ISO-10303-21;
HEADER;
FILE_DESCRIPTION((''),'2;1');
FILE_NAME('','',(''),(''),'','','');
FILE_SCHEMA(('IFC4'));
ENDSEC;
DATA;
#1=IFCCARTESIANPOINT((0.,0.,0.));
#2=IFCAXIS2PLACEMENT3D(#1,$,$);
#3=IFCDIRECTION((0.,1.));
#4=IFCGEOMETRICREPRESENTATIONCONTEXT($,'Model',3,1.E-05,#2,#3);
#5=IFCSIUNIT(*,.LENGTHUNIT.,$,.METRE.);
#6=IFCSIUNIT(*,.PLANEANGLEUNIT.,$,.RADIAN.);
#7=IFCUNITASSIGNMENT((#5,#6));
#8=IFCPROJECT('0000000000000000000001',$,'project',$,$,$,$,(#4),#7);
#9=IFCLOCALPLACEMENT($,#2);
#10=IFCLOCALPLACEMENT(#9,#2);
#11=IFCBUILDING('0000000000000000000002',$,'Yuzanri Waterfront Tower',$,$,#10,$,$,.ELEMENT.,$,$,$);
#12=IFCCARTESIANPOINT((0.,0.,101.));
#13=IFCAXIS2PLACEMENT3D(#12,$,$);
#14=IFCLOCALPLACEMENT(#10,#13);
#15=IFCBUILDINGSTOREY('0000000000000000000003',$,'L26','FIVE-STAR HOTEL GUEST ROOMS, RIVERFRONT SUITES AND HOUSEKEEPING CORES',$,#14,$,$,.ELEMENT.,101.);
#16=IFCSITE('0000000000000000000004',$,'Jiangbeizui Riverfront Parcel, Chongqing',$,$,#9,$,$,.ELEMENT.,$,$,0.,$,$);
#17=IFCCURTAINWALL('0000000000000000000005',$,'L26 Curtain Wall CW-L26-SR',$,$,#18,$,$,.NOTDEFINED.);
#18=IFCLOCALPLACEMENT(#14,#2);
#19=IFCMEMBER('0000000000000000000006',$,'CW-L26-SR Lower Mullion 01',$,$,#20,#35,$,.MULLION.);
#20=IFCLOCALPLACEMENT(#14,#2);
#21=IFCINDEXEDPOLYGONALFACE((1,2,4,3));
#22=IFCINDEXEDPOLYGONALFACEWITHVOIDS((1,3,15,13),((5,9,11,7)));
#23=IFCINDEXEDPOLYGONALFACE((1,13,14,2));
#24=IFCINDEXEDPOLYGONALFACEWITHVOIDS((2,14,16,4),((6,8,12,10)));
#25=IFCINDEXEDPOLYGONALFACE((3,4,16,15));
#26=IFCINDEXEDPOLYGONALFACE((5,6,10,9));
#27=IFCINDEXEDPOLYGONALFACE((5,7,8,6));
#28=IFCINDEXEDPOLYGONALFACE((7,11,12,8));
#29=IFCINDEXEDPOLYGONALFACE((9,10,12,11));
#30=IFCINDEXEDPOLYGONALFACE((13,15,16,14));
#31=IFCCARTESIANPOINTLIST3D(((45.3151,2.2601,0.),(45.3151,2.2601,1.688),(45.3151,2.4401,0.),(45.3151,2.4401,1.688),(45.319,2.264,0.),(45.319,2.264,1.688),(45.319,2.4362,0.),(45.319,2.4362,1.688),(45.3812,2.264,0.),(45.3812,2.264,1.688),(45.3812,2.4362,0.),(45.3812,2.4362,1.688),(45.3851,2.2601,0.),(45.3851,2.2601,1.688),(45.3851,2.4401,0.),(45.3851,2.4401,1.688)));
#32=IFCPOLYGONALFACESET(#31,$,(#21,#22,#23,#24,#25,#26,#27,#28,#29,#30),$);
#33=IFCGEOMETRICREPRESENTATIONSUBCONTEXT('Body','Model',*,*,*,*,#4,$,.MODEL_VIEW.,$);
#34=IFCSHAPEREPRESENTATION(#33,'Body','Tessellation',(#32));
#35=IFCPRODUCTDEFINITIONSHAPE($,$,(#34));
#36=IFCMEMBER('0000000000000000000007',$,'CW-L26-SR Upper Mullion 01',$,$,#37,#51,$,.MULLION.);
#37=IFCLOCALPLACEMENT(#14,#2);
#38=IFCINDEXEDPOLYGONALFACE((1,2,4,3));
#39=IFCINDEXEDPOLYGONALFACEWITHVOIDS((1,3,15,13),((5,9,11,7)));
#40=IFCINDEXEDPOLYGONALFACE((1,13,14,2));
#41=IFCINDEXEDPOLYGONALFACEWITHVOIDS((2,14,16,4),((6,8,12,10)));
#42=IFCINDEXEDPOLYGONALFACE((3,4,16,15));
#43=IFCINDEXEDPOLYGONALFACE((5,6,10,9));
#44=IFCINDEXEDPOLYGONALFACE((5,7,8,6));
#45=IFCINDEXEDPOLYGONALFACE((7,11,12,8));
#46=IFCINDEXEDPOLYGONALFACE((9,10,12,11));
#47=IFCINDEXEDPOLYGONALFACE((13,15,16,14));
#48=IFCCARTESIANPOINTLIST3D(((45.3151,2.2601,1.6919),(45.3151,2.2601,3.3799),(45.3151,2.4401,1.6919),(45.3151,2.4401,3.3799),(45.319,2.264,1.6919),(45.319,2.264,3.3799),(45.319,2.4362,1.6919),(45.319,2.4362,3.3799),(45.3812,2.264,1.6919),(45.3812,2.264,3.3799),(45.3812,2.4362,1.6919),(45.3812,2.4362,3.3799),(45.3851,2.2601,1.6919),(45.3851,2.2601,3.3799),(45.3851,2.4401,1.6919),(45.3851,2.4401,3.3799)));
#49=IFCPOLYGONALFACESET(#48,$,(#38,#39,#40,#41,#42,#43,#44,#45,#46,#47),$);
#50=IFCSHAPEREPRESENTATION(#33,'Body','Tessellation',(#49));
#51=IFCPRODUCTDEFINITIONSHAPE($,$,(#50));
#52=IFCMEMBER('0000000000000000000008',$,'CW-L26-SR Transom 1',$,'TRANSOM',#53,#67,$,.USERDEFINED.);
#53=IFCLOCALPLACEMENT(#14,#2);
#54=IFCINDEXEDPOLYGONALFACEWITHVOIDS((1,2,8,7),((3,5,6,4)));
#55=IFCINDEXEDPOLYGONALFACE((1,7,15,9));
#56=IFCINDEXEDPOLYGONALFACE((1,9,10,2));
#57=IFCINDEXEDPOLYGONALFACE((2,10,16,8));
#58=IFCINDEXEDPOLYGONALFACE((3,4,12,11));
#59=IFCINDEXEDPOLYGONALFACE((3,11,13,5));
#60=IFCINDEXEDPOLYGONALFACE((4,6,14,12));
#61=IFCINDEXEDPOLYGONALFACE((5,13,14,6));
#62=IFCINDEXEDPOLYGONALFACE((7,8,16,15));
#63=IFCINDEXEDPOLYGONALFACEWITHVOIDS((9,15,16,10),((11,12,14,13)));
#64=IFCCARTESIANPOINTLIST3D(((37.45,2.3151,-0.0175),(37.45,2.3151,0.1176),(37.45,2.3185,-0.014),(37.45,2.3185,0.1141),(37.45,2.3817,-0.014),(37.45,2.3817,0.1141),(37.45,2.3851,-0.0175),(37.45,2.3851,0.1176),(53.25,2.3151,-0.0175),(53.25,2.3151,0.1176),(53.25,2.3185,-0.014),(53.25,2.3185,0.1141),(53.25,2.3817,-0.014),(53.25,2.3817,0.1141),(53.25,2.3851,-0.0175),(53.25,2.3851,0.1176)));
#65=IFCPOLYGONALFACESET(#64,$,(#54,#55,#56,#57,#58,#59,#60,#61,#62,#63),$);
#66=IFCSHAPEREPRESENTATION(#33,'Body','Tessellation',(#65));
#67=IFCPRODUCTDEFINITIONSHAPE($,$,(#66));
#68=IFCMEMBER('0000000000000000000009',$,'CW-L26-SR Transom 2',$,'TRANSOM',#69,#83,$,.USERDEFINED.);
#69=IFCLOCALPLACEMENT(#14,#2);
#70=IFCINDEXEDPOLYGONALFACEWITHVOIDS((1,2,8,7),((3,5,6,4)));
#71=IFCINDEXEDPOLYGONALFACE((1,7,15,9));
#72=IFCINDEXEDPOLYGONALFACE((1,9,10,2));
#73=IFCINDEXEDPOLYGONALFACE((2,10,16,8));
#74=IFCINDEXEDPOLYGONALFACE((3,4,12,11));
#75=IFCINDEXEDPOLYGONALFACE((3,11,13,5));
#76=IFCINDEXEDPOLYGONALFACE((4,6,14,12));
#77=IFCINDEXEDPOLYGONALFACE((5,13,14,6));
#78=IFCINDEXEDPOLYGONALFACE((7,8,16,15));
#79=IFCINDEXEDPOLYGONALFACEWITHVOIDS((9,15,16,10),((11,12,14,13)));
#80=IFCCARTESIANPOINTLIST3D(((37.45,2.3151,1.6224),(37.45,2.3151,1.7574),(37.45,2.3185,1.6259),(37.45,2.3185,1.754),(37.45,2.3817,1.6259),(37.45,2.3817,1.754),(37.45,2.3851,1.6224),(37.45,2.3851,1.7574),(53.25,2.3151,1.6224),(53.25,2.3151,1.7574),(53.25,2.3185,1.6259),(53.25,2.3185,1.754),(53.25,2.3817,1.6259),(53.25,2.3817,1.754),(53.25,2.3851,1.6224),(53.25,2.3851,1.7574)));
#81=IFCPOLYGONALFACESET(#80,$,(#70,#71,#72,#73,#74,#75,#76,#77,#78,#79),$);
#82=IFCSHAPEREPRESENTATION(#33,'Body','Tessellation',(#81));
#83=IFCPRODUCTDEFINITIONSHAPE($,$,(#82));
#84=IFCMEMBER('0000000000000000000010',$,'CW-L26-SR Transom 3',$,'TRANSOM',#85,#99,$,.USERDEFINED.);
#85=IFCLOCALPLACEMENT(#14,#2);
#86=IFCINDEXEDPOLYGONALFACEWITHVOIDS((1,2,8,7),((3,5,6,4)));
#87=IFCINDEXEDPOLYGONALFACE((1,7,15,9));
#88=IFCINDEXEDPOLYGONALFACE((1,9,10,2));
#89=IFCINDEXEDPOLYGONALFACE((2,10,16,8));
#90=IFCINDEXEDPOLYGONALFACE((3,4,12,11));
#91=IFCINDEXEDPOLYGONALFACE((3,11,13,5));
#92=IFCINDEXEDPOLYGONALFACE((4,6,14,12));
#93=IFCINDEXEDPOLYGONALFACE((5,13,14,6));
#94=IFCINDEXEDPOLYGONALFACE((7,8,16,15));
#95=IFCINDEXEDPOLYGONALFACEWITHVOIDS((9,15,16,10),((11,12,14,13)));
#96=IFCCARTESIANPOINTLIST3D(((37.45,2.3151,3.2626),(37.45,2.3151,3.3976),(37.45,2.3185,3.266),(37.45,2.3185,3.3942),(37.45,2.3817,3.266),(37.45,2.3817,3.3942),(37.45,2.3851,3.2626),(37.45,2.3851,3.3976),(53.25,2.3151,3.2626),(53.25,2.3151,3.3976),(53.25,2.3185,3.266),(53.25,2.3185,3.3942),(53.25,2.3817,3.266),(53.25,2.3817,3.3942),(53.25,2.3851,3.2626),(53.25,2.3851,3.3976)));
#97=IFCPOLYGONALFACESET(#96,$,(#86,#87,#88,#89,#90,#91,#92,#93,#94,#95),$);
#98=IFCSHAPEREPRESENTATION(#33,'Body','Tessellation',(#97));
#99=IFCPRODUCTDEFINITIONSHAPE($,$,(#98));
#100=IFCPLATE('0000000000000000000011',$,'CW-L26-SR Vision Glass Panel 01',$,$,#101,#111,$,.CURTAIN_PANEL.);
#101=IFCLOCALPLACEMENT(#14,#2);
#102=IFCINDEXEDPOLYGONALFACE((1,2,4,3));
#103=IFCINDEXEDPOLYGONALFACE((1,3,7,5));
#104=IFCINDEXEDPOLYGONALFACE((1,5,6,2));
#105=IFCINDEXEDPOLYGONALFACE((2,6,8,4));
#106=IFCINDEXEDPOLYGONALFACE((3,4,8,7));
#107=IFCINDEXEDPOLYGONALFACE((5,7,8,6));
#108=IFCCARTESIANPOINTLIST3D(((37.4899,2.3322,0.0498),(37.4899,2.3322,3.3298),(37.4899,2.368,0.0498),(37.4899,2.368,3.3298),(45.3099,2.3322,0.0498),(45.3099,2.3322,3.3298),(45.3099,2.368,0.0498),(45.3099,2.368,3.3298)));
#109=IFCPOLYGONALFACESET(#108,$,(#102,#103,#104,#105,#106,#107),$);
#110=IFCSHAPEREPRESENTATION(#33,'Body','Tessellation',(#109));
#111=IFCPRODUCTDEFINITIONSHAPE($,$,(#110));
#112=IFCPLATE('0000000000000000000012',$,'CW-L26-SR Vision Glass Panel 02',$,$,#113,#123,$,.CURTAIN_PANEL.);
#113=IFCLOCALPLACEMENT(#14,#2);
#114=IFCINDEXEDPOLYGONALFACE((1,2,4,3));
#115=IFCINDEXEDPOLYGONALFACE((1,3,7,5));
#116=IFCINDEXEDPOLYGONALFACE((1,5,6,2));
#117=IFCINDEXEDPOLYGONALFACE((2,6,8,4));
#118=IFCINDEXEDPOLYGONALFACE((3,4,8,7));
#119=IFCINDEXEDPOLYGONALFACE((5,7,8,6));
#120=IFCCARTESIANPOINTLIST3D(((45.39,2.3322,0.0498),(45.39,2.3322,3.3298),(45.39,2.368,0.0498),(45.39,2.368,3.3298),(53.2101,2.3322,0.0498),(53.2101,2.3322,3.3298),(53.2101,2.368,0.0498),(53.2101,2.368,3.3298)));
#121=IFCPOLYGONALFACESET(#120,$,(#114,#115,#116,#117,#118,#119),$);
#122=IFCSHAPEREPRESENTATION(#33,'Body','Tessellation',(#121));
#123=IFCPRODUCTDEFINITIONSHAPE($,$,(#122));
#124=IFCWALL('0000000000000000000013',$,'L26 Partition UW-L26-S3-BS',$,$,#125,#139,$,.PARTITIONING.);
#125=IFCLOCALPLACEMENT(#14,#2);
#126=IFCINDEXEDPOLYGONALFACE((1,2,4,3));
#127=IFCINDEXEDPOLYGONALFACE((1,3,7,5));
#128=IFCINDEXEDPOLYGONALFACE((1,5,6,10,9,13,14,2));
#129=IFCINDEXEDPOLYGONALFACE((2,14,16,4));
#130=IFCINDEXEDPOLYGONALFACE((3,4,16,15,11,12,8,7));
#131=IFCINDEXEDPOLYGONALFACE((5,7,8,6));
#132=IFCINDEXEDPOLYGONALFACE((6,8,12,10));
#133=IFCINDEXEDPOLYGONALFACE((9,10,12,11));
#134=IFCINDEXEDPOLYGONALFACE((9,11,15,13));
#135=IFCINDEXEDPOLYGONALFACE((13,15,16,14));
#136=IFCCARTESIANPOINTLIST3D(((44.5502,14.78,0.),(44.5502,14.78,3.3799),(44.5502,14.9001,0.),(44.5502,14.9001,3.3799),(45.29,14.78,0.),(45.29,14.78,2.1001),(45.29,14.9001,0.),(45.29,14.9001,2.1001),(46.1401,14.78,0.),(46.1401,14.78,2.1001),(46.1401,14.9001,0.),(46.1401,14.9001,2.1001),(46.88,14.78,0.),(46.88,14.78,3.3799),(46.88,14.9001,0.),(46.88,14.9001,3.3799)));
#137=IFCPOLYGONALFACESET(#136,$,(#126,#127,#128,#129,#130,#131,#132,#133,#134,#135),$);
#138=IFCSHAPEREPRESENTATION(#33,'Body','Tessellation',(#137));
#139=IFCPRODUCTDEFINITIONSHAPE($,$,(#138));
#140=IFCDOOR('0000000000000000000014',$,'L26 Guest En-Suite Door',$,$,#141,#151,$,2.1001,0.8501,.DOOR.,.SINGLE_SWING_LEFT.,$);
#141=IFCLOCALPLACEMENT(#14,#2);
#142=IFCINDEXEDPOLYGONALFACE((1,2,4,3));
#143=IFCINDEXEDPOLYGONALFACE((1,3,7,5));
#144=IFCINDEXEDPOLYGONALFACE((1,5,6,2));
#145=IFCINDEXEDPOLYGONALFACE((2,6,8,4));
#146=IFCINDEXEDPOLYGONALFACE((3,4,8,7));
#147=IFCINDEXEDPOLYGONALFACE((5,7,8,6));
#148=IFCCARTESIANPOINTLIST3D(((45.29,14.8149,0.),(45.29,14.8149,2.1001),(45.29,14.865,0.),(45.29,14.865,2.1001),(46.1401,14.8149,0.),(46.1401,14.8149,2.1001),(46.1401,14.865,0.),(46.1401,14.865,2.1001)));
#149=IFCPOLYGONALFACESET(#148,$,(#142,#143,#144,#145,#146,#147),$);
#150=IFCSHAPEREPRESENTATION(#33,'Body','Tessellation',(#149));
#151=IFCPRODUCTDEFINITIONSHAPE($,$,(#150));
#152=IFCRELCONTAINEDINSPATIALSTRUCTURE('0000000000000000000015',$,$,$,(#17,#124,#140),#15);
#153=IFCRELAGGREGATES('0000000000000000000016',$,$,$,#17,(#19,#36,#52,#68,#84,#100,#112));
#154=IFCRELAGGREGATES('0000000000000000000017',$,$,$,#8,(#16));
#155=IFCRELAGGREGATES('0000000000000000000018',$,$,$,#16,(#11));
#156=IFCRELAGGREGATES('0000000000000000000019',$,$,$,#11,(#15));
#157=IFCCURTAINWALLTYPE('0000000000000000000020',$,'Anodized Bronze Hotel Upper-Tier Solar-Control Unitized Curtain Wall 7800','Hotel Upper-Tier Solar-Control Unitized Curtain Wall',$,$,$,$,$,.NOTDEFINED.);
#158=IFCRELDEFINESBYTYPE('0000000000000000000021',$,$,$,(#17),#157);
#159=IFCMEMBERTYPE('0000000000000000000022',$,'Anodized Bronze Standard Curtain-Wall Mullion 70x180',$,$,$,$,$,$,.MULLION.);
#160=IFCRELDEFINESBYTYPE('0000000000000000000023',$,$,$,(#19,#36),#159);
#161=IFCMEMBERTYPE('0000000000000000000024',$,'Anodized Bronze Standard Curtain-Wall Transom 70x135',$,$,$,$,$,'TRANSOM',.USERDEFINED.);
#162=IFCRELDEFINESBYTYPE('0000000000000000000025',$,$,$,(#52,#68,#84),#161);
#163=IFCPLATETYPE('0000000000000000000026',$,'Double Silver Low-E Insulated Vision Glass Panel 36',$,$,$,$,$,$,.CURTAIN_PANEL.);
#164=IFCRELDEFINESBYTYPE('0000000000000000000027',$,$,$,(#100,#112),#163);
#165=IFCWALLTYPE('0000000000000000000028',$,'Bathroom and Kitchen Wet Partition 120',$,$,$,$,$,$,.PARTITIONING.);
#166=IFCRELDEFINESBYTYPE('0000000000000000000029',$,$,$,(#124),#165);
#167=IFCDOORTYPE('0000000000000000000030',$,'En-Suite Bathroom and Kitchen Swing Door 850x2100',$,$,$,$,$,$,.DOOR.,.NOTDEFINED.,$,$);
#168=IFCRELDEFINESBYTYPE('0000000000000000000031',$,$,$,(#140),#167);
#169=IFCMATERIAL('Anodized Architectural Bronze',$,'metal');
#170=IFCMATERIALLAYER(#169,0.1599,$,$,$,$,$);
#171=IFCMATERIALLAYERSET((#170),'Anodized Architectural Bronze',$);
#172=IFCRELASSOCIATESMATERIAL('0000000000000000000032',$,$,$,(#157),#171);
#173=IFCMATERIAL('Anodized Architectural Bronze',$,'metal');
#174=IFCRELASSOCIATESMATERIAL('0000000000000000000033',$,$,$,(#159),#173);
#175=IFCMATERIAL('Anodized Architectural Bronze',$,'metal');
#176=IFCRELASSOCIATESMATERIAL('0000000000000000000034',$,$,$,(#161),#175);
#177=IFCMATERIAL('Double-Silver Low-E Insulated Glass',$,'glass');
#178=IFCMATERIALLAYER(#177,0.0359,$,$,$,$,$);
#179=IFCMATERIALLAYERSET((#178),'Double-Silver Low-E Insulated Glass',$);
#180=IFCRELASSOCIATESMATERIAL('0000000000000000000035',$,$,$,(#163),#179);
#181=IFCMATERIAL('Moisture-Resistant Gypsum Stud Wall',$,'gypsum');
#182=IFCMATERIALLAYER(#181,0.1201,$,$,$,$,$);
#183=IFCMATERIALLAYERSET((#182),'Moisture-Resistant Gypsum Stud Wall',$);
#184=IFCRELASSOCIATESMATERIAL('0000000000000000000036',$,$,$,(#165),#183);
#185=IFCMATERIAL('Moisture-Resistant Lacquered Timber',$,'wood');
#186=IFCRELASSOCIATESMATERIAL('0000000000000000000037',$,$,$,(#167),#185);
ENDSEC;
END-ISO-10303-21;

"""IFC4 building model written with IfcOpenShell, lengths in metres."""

from ifc_helpers import new_model, si_unit, direction, frame, frame_2d, origin, origin_2d, place, context, subcontext, project, spatial, rectangle, hollow_rectangle, extrude, source, transform, mapped, material, layer, layer_set, material_profile, profile_set, type_object, element, fill, aggregate, save


model = new_model("IFC4")

# Units and contexts
model_context = context("Model", 3, precision=1e-05, world=origin(), true_north=direction((0.0, 1.0)))
body_context = subcontext(model_context, "Body", "Model", "MODEL_VIEW")
ifc_project = project(units=[si_unit("LENGTHUNIT", "METRE"), si_unit("PLANEANGLEUNIT", "RADIAN")], contexts=[model_context])

# Site, building, storey
site_placement = place(None, origin())
site = spatial("IfcSite", under=ifc_project, at=site_placement, Name="Jiangbeizui Riverfront Parcel, Chongqing", CompositionType="ELEMENT", RefElevation=0.0)
building_placement = place(site_placement, origin())
building = spatial("IfcBuilding", under=site, at=building_placement, Name="Yuzanri Waterfront Tower", CompositionType="ELEMENT")
storey_placement = place(building_placement, frame((0.0, 0.0, 101.0)))
storey = spatial("IfcBuildingStorey", under=building, at=storey_placement, Name="L26", Description="FIVE-STAR HOTEL GUEST ROOMS, RIVERFRONT SUITES AND HOUSEKEEPING CORES", CompositionType="ELEMENT", Elevation=101.0)

# Curtain wall, members, plates
ifc_material_1 = material(Name="Anodized Architectural Bronze", Category="metal")
ifc_layer_1 = layer(ifc_material_1, 0.1599)
ifc_layer_set_1 = layer_set([ifc_layer_1], Name="Anodized Architectural Bronze")
curtain_wall_type = type_object("IfcCurtainWallType", Name="Anodized Bronze Hotel Upper-Tier Solar-Control Unitized Curtain Wall 7800", Description="Hotel Upper-Tier Solar-Control Unitized Curtain Wall", PredefinedType="NOTDEFINED", material=ifc_layer_set_1)
curtain_wall_placement = place(storey_placement, origin())
curtain_wall = element("IfcCurtainWall", 1, at=curtain_wall_placement, inside=storey, type_object=curtain_wall_type, Name="L26 Curtain Wall CW-L26-SR", PredefinedType="NOTDEFINED")
ifc_material_2 = material(Name="Anodized Architectural Bronze", Category="metal")
ifc_material_profile_1 = material_profile(ifc_material_2, hollow_rectangle(XDim=0.0701, YDim=0.1799, WallThickness=0.0039, at=origin_2d()), Name="CWM 70x180")
ifc_profile_set_1 = profile_set([ifc_material_profile_1], Name="Anodized Architectural Bronze")
member_type_1 = type_object("IfcMemberType", Name="Anodized Bronze Standard Curtain-Wall Mullion 70x180", PredefinedType="MULLION", material=ifc_profile_set_1)
shared_shape_1 = source(origin(), body_context, "Body", "SweptSolid", [
    extrude(hollow_rectangle(XDim=0.0701, YDim=0.1799, WallThickness=0.0039, at=origin_2d()), origin(), (0.0, 0.0, 1.0), 1.688),
])
member_1_placement = place(storey_placement, frame((45.3501, 2.3501, 0.0), z_axis=(0.0, 0.0, 1.0), x_axis=(1.0, 0.0, 0.0)))
member_1 = element("IfcMember", 2, at=member_1_placement, type_object=member_type_1, Name="CW-L26-SR Lower Mullion 01", PredefinedType="MULLION", context=body_context, shape_type="MappedRepresentation", body=[
    mapped(shared_shape_1, transform((0.0, 0.0, 0.0), scale=1.0)),
])
member_2_placement = place(storey_placement, frame((45.3501, 2.3501, 1.6919), z_axis=(0.0, 0.0, 1.0), x_axis=(1.0, 0.0, 0.0)))
member_2 = element("IfcMember", 3, at=member_2_placement, type_object=member_type_1, Name="CW-L26-SR Upper Mullion 01", PredefinedType="MULLION", context=body_context, shape_type="MappedRepresentation", body=[
    mapped(shared_shape_1, transform((0.0, 0.0, 0.0), scale=1.0)),
])
ifc_material_3 = material(Name="Anodized Architectural Bronze", Category="metal")
ifc_material_profile_2 = material_profile(ifc_material_3, hollow_rectangle(XDim=0.0701, YDim=0.135, WallThickness=0.0034, at=origin_2d()), Name="CWT 70x135")
ifc_profile_set_2 = profile_set([ifc_material_profile_2], Name="Anodized Architectural Bronze")
member_type_2 = type_object("IfcMemberType", Name="Anodized Bronze Standard Curtain-Wall Transom 70x135", ElementType="TRANSOM", PredefinedType="USERDEFINED", material=ifc_profile_set_2)
shared_shape_2 = source(origin(), body_context, "Body", "SweptSolid", [
    extrude(hollow_rectangle(XDim=0.0701, YDim=0.135, WallThickness=0.0034, at=origin_2d()), origin(), (0.0, 0.0, 1.0), 15.8),
])
member_3_placement = place(storey_placement, frame((37.45, 2.3501, 0.05), z_axis=(1.0, 0.0, 0.0), x_axis=(0.0, 1.0, 0.0)))
member_3 = element("IfcMember", 4, at=member_3_placement, type_object=member_type_2, Name="CW-L26-SR Transom 1", ObjectType="TRANSOM", PredefinedType="USERDEFINED", context=body_context, shape_type="MappedRepresentation", body=[
    mapped(shared_shape_2, transform((0.0, 0.0, 0.0), scale=1.0)),
])
member_4_placement = place(storey_placement, frame((37.45, 2.3501, 1.6899), z_axis=(1.0, 0.0, 0.0), x_axis=(0.0, 1.0, 0.0)))
member_4 = element("IfcMember", 5, at=member_4_placement, type_object=member_type_2, Name="CW-L26-SR Transom 2", ObjectType="TRANSOM", PredefinedType="USERDEFINED", context=body_context, shape_type="MappedRepresentation", body=[
    mapped(shared_shape_2, transform((0.0, 0.0, 0.0), scale=1.0)),
])
member_5_placement = place(storey_placement, frame((37.45, 2.3501, 3.3301), z_axis=(1.0, 0.0, 0.0), x_axis=(0.0, 1.0, 0.0)))
member_5 = element("IfcMember", 6, at=member_5_placement, type_object=member_type_2, Name="CW-L26-SR Transom 3", ObjectType="TRANSOM", PredefinedType="USERDEFINED", context=body_context, shape_type="MappedRepresentation", body=[
    mapped(shared_shape_2, transform((0.0, 0.0, 0.0), scale=1.0)),
])
ifc_material_4 = material(Name="Double-Silver Low-E Insulated Glass", Category="glass")
ifc_layer_2 = layer(ifc_material_4, 0.0359)
ifc_layer_set_2 = layer_set([ifc_layer_2], Name="Double-Silver Low-E Insulated Glass")
plate_type = type_object("IfcPlateType", Name="Double Silver Low-E Insulated Vision Glass Panel 36", PredefinedType="CURTAIN_PANEL", material=ifc_layer_set_2)
shared_shape_3 = source(origin(), body_context, "Body", "SweptSolid", [
    extrude(rectangle(XDim=7.8201, YDim=0.0359, at=origin_2d()), origin(), (0.0, 0.0, 1.0), 3.28),
])
plate_1_placement = place(storey_placement, frame((41.3999, 2.3501, 0.0498), z_axis=(0.0, 0.0, 1.0), x_axis=(1.0, 0.0, 0.0)))
plate_1 = element("IfcPlate", 7, at=plate_1_placement, type_object=plate_type, Name="CW-L26-SR Vision Glass Panel 01", PredefinedType="CURTAIN_PANEL", context=body_context, shape_type="MappedRepresentation", body=[
    mapped(shared_shape_3, transform((0.0, 0.0, 0.0), scale=1.0)),
])
plate_2_placement = place(storey_placement, frame((49.3, 2.3501, 0.0498), z_axis=(0.0, 0.0, 1.0), x_axis=(1.0, 0.0, 0.0)))
plate_2 = element("IfcPlate", 8, at=plate_2_placement, type_object=plate_type, Name="CW-L26-SR Vision Glass Panel 02", PredefinedType="CURTAIN_PANEL", context=body_context, shape_type="MappedRepresentation", body=[
    mapped(shared_shape_3, transform((0.0, 0.0, 0.0), scale=1.0)),
])
aggregate(curtain_wall, [member_1, member_2, member_3, member_4, member_5, plate_1, plate_2])

# Wall, opening, door
ifc_material_5 = material(Name="Moisture-Resistant Gypsum Stud Wall", Category="gypsum")
ifc_layer_3 = layer(ifc_material_5, 0.1201)
ifc_layer_set_3 = layer_set([ifc_layer_3], Name="Moisture-Resistant Gypsum Stud Wall")
wall_type_1 = type_object("IfcWallType", Name="Bathroom and Kitchen Wet Partition 120", PredefinedType="PARTITIONING", material=ifc_layer_set_3)
wall_1_placement = place(storey_placement, frame((44.55, 14.8401, 0.0), z_axis=(0.0, 0.0, 1.0), x_axis=(1.0, 0.0, 0.0)))
wall_1 = element("IfcWall", 9, at=wall_1_placement, inside=storey, type_object=wall_type_1, Name="L26 Partition UW-L26-S3-BS", PredefinedType="PARTITIONING", context=body_context, shape_type="SweptSolid", body=[
    extrude(rectangle(XDim=2.3298, YDim=0.1201, at=frame_2d((1.165, 0.0))), origin(), (0.0, 0.0, 1.0), 3.3799),
])
opening_1_placement = place(wall_1_placement, frame((0.74, 0.0, 0.0)))
opening_1 = element("IfcOpeningElement", 10, at=opening_1_placement, cuts=wall_1, PredefinedType="OPENING", context=body_context, shape_type="SweptSolid", body=[
    extrude(rectangle(XDim=0.8501, YDim=2.1001, at=frame_2d((0.425, 1.05))), frame((0.0, 0.075, 0.0), z_axis=(0.0, -1.0, 0.0), x_axis=(1.0, 0.0, 0.0)), (0.0, 0.0, 1.0), 0.1499),
])
ifc_material_6 = material(Name="Moisture-Resistant Lacquered Timber", Category="wood")
door_type_1 = type_object("IfcDoorType", Name="En-Suite Bathroom and Kitchen Swing Door 850x2100", OperationType="NOTDEFINED", PredefinedType="DOOR", material=ifc_material_6)
shared_shape_4 = source(origin(), body_context, "Body", "SweptSolid", [
    extrude(rectangle(XDim=0.8501, YDim=2.1001, at=frame_2d((0.425, 1.05))), frame((0.0, 0.0249, 0.0), z_axis=(0.0, -1.0, 0.0), x_axis=(1.0, 0.0, 0.0)), (0.0, 0.0, 1.0), 0.05),
])
door_1_placement = place(opening_1_placement, origin())
door_1 = element("IfcDoor", 11, at=door_1_placement, inside=storey, type_object=door_type_1, Name="L26 Guest En-Suite Door", OperationType="SINGLE_SWING_LEFT", OverallHeight=2.1001, OverallWidth=0.8501, PredefinedType="DOOR", context=body_context, shape_type="MappedRepresentation", body=[
    mapped(shared_shape_4, transform((0.0, 0.0, 0.0), scale=1.0)),
])
fill(opening_1, door_1)

save(model, "model.ifc")
